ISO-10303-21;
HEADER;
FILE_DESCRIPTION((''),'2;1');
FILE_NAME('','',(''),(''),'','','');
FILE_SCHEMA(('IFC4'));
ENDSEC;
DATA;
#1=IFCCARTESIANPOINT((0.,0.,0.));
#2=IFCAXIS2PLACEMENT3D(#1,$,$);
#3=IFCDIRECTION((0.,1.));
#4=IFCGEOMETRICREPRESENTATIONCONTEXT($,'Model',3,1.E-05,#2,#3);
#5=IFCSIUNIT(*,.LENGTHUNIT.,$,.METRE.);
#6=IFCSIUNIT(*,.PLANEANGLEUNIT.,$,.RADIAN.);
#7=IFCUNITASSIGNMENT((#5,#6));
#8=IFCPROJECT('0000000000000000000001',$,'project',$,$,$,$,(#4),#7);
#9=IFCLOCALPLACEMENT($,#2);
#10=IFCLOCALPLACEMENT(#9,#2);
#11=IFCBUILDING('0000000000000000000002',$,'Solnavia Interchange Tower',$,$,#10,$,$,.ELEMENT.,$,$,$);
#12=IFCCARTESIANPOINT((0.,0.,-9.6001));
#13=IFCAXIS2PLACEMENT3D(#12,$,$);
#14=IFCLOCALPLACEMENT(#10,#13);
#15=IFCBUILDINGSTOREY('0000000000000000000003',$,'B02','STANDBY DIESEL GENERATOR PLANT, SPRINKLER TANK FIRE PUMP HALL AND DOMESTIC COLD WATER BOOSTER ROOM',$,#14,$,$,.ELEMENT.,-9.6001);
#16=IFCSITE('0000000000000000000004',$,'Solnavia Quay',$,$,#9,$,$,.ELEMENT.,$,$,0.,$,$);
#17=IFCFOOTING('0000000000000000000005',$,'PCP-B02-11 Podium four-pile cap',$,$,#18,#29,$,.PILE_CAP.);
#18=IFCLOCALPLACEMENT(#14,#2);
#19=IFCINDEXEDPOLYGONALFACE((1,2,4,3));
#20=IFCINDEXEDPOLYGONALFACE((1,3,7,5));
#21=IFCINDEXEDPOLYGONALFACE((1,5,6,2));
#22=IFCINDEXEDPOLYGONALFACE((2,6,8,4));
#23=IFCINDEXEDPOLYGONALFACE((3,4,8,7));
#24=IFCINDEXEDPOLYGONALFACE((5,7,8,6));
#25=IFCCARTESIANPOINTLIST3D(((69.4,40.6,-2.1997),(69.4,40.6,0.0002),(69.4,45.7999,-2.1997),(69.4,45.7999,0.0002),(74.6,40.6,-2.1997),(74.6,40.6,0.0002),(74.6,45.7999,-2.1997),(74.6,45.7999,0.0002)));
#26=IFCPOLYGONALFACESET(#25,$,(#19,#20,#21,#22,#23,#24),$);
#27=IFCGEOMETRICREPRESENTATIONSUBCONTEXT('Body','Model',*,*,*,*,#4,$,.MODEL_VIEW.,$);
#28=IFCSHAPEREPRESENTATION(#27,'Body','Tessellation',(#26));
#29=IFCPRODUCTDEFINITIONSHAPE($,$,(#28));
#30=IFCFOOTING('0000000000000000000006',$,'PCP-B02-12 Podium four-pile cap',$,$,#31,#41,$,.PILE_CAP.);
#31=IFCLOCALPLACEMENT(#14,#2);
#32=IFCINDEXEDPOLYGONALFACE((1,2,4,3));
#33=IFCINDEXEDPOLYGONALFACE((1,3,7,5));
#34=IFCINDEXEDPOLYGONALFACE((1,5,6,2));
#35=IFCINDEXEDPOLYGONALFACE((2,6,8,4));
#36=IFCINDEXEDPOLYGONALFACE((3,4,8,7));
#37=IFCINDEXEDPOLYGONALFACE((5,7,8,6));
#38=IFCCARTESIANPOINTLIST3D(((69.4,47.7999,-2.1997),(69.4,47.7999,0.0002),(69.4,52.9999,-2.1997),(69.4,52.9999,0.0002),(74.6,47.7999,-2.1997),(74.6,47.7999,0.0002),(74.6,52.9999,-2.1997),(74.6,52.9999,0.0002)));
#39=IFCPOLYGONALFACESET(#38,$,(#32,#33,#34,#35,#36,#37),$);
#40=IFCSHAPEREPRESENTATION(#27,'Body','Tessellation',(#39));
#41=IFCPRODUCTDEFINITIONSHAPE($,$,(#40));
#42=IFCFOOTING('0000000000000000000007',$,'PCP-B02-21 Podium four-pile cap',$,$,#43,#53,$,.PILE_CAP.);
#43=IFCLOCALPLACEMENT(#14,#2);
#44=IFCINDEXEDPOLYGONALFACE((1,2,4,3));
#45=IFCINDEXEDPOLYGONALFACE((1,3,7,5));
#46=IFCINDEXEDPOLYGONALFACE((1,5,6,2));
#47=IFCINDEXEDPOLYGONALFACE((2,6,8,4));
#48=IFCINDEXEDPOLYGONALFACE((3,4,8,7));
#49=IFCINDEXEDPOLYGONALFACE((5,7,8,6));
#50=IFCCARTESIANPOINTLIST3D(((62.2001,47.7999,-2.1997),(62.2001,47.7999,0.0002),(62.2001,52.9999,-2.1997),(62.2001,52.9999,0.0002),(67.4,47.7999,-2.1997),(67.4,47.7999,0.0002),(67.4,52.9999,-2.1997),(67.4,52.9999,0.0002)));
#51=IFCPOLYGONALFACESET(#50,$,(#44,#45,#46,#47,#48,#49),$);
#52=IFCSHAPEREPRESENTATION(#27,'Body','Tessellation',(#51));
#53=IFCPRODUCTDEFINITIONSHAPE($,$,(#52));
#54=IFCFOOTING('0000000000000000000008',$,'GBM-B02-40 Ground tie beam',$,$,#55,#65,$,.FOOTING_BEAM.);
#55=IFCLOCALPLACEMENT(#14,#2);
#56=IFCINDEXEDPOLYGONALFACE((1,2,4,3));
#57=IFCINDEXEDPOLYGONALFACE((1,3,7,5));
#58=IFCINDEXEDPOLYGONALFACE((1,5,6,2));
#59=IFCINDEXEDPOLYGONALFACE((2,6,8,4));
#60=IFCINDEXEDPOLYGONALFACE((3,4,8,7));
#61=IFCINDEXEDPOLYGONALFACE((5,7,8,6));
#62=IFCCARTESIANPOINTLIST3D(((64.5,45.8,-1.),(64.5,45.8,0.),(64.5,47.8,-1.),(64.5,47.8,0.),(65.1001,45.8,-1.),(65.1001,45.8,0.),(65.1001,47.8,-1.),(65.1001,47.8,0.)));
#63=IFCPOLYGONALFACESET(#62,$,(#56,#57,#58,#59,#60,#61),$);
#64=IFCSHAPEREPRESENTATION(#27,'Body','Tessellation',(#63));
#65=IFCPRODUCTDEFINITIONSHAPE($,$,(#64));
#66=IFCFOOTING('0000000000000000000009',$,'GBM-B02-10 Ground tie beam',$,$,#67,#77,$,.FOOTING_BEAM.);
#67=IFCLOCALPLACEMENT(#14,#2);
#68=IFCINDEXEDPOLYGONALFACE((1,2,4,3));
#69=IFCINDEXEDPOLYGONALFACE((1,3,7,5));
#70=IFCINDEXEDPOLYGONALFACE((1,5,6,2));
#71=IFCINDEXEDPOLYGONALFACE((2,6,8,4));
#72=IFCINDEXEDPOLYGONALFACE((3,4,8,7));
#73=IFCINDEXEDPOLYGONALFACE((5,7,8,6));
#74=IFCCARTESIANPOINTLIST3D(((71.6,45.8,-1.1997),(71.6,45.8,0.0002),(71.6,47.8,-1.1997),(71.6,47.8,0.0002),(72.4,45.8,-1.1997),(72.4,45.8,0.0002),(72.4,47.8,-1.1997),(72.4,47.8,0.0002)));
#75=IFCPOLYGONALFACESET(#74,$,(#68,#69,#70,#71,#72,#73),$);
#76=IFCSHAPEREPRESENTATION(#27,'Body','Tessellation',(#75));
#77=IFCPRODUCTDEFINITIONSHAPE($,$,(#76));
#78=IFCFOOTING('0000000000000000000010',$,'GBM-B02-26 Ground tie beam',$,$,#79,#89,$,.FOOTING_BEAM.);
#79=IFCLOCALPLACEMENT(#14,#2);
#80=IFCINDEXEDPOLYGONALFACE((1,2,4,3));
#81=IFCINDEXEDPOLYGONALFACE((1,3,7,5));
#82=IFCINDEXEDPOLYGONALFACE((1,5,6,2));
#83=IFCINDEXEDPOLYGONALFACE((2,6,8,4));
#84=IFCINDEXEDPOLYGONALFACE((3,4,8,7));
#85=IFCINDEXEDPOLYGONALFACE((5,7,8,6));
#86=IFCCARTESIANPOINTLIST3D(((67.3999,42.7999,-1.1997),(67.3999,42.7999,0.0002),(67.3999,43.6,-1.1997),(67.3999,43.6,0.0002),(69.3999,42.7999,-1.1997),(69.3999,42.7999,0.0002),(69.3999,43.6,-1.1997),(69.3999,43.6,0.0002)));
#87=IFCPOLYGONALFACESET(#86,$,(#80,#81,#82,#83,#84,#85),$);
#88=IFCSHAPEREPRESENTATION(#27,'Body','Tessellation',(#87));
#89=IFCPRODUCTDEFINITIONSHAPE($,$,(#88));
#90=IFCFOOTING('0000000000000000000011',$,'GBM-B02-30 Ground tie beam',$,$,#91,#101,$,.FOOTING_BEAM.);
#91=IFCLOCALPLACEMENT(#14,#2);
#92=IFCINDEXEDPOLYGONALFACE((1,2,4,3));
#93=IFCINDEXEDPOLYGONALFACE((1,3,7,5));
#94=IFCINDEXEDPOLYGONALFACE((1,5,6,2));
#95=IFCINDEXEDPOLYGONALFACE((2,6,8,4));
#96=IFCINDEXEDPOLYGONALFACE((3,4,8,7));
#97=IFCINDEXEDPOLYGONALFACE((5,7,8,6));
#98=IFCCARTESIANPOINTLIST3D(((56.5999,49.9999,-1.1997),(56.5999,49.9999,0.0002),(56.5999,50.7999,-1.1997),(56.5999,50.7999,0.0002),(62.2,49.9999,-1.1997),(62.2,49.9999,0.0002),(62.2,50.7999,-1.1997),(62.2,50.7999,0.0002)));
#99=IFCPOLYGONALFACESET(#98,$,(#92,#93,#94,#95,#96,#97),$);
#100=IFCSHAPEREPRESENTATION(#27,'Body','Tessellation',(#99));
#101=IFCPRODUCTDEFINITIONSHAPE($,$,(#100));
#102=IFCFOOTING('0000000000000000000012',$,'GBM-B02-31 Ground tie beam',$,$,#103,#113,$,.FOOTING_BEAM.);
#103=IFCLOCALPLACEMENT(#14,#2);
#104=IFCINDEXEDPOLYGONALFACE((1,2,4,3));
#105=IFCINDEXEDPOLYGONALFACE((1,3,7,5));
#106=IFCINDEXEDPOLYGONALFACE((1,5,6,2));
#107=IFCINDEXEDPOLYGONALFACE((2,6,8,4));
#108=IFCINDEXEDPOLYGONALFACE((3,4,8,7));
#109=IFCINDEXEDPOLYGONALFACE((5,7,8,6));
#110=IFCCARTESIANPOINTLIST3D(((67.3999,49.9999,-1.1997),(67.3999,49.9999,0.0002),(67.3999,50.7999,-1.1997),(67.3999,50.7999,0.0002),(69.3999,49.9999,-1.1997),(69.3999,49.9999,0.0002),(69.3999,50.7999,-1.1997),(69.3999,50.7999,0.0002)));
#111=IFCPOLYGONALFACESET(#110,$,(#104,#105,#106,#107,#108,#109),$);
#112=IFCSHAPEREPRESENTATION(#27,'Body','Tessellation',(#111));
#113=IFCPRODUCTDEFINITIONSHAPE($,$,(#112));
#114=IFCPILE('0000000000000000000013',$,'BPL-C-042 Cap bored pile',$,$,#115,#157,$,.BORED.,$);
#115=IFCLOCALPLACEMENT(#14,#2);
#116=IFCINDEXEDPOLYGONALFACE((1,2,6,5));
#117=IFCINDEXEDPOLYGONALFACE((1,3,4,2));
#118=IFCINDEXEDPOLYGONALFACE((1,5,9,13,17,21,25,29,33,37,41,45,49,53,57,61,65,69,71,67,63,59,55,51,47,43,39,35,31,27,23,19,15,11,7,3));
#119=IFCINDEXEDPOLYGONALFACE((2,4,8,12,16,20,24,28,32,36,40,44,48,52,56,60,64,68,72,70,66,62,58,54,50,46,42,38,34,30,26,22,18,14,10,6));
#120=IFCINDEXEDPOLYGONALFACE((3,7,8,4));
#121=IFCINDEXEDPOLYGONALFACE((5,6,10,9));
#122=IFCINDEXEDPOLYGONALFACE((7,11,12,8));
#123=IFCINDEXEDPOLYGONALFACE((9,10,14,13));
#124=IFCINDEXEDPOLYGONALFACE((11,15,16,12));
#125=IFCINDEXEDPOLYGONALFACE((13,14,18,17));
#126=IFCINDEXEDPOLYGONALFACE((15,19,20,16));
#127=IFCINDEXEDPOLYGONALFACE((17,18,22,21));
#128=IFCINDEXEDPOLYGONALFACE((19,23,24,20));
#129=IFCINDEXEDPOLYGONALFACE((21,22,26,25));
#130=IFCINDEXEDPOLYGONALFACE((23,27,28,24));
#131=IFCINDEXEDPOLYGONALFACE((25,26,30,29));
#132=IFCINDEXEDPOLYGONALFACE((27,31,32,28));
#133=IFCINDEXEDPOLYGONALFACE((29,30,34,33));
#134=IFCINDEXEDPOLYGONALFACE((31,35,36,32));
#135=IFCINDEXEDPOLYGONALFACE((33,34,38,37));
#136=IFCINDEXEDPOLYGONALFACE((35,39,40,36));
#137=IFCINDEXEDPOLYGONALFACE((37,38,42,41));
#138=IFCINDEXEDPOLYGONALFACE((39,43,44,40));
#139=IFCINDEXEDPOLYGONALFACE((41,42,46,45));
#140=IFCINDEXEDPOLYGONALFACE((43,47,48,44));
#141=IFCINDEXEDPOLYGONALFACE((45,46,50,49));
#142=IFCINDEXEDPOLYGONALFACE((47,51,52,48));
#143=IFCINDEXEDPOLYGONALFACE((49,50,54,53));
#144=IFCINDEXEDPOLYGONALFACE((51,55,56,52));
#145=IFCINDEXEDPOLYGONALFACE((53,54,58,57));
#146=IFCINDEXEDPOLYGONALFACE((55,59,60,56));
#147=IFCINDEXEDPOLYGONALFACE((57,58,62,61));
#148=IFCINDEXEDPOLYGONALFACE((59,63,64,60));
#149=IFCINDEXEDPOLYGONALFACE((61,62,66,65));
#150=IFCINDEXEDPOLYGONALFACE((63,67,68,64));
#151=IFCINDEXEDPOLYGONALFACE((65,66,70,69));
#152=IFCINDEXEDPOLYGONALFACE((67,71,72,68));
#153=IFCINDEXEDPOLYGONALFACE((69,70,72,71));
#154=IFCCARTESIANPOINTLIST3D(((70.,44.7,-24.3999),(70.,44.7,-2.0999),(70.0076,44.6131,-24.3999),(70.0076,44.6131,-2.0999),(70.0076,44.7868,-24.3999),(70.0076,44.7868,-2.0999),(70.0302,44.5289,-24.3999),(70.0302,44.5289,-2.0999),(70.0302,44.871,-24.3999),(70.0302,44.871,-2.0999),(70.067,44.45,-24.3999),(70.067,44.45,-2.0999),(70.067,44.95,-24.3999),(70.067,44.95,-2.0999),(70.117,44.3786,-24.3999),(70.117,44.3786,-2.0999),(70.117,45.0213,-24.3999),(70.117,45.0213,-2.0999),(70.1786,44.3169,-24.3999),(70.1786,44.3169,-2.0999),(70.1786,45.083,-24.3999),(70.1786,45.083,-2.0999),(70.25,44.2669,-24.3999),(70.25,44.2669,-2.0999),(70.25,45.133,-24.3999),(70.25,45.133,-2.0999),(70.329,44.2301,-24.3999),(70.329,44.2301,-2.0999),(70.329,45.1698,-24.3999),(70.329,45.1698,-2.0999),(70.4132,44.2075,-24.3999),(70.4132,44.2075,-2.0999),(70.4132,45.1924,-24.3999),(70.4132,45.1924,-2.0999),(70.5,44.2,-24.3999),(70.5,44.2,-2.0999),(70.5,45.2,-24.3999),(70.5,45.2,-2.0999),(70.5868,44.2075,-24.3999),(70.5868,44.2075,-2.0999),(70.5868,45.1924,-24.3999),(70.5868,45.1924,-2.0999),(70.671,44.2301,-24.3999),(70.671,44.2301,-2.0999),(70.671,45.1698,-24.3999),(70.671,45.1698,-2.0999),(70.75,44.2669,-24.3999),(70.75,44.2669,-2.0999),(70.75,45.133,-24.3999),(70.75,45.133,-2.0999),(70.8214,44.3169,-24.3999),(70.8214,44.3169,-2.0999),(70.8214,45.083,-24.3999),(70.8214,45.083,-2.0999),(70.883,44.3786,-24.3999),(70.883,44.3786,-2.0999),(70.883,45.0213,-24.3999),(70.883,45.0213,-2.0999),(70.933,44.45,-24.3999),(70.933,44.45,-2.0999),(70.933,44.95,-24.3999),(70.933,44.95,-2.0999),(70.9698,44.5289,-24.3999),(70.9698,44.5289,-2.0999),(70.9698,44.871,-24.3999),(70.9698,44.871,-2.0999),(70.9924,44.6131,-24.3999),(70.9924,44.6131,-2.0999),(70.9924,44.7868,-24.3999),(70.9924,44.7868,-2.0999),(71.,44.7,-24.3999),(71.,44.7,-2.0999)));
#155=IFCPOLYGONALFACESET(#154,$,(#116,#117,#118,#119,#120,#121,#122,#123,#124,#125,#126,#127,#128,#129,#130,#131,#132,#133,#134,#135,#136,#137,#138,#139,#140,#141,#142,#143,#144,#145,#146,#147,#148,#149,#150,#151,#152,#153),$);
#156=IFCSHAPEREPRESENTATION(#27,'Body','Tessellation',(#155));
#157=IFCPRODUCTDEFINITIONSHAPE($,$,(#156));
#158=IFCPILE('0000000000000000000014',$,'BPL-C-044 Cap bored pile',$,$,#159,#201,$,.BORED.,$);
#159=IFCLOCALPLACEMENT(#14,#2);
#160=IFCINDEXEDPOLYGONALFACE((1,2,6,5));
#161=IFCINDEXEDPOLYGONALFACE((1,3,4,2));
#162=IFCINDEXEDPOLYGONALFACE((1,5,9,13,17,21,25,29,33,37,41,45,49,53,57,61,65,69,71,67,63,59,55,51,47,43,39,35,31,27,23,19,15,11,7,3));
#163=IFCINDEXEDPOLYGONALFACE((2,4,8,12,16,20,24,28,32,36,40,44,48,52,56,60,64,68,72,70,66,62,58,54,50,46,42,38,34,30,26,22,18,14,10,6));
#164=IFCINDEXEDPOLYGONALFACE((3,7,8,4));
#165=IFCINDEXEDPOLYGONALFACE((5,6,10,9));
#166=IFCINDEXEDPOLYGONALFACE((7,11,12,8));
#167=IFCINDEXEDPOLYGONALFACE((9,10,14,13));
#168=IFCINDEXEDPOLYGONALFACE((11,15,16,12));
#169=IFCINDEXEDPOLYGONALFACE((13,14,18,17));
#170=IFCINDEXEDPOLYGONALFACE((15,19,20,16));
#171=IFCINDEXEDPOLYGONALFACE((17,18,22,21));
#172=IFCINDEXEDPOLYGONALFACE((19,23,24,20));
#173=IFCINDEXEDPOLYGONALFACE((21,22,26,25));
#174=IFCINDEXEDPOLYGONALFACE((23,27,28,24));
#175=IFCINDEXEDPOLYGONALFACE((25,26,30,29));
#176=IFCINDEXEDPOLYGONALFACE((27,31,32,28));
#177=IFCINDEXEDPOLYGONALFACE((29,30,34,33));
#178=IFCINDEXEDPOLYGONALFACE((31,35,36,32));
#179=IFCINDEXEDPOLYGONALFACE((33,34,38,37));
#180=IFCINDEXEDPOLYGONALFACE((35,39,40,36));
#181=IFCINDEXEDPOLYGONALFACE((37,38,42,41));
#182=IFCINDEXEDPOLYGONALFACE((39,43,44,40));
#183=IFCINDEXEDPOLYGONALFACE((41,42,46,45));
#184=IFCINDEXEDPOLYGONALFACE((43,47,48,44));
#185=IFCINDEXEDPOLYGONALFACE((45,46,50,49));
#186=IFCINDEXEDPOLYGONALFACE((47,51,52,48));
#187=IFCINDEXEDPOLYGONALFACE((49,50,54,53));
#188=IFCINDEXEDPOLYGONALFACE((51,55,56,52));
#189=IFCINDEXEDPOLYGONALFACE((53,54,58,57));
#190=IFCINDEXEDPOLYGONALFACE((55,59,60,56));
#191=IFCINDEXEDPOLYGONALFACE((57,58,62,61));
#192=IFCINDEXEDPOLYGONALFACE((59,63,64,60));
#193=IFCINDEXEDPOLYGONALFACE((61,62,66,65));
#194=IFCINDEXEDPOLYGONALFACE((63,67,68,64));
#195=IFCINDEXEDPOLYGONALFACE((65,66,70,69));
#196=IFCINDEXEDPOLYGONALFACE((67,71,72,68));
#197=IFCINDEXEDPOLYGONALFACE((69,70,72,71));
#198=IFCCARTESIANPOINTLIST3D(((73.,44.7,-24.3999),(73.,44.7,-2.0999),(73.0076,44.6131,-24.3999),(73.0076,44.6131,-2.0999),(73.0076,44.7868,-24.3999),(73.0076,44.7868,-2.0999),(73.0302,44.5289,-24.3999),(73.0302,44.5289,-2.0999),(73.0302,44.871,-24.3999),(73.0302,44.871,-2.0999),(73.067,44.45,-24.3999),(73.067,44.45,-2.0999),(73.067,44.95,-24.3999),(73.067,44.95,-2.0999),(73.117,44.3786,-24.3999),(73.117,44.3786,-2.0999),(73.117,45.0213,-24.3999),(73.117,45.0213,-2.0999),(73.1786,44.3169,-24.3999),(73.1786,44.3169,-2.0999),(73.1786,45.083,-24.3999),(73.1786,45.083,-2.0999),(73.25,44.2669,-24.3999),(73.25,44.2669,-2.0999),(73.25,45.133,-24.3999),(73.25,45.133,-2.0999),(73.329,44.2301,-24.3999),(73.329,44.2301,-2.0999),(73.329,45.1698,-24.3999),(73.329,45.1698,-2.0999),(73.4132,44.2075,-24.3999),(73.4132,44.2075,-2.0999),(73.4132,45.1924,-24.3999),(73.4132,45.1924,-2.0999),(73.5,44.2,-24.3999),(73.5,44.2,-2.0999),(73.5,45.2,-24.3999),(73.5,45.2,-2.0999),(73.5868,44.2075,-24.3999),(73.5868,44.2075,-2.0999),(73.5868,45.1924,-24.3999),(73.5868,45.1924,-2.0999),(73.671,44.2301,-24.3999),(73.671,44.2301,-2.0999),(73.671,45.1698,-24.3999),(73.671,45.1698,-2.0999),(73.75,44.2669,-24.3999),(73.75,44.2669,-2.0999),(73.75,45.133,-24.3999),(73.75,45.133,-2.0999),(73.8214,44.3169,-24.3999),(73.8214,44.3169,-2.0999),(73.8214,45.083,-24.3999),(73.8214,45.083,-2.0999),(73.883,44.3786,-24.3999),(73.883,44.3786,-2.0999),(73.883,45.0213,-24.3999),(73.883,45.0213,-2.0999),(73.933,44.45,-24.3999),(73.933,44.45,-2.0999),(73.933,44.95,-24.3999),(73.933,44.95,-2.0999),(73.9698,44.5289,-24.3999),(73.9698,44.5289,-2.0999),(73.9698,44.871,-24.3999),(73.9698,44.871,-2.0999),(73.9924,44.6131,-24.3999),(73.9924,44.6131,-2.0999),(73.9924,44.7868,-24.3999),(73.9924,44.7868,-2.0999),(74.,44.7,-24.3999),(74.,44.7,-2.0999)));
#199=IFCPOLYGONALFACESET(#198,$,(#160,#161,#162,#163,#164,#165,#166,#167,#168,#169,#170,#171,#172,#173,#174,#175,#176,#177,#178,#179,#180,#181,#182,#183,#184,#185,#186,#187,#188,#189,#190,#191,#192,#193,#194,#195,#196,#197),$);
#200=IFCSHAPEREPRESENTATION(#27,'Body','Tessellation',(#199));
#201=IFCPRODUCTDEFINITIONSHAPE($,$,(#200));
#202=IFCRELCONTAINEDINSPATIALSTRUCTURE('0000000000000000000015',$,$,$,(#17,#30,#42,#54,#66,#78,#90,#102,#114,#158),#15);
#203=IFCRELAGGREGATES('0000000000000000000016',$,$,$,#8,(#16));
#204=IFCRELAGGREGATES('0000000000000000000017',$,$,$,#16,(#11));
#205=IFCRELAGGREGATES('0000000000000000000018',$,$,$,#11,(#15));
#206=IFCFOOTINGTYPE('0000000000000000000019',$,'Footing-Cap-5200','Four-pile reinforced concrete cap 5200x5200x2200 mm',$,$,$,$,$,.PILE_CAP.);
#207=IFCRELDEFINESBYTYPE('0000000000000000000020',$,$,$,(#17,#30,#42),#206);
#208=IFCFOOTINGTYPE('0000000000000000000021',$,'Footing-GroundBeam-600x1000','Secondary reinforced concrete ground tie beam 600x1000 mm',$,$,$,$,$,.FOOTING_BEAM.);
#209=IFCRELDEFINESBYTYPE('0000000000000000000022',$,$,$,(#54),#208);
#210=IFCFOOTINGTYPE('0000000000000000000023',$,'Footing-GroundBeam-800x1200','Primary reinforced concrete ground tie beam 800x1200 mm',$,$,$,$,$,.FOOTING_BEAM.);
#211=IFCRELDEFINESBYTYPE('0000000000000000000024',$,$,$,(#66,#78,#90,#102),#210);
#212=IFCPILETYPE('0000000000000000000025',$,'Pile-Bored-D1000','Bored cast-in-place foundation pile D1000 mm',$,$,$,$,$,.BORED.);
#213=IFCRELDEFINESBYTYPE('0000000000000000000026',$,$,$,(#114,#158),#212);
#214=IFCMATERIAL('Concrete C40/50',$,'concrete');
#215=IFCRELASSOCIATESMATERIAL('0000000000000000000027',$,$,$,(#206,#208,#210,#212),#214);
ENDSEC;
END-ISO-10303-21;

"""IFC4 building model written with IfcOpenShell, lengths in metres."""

from ifc_helpers import new_model, si_unit, direction, frame, origin, origin_2d, place, context, subcontext, project, spatial, rectangle, circle, extrude, material, material_profile, profile_set, type_object, element, save


model = new_model("IFC4")

# Units and contexts
model_context = context("Model", 3, precision=1e-05, world=origin(), true_north=direction((0.0, 1.0)))
body_context = subcontext(model_context, "Body", "Model", "MODEL_VIEW")
ifc_project = project(units=[si_unit("LENGTHUNIT", "METRE"), si_unit("PLANEANGLEUNIT", "RADIAN")], contexts=[model_context])

# Site, building, storey
site_placement = place(None, origin())
site = spatial("IfcSite", under=ifc_project, at=site_placement, Name="Solnavia Quay", CompositionType="ELEMENT", RefElevation=0.0)
building_placement = place(site_placement, origin())
building = spatial("IfcBuilding", under=site, at=building_placement, Name="Solnavia Interchange Tower", CompositionType="ELEMENT")
storey_placement = place(building_placement, frame((0.0, 0.0, -9.6001)))
storey = spatial("IfcBuildingStorey", under=building, at=storey_placement, Name="B02", Description="STANDBY DIESEL GENERATOR PLANT, SPRINKLER TANK FIRE PUMP HALL AND DOMESTIC COLD WATER BOOSTER ROOM", CompositionType="ELEMENT", Elevation=-9.6001)

# Footings
ifc_material_1 = material(Name="Concrete C40/50", Category="concrete")
footing_type_1 = type_object("IfcFootingType", Name="Footing-Cap-5200", Description="Four-pile reinforced concrete cap 5200x5200x2200 mm", PredefinedType="PILE_CAP", material=ifc_material_1)
for number, where, z_axis, x_axis, name in (
    (1, (72.0, 43.2, -2.1997), (0.0, 0.0, 1.0), (1.0, 0.0, 0.0), "PCP-B02-11 Podium four-pile cap"),
    (2, (72.0, 50.3999, -2.1997), (0.0, 0.0, 1.0), (1.0, 0.0, 0.0), "PCP-B02-12 Podium four-pile cap"),
    (3, (64.8, 50.3999, -2.1997), (0.0, 0.0, 1.0), (1.0, 0.0, 0.0), "PCP-B02-21 Podium four-pile cap"),
):
    element("IfcFooting", number, at=place(storey_placement, frame(where, z_axis=z_axis, x_axis=x_axis)), inside=storey, type_object=footing_type_1, Name=name, PredefinedType="PILE_CAP", context=body_context, shape_type="SweptSolid", body=[
        extrude(rectangle(XDim=5.2, YDim=5.2, at=origin_2d()), origin(), (0.0, 0.0, 1.0), 2.2),
    ])
footing_type_2 = type_object("IfcFootingType", Name="Footing-GroundBeam-600x1000", Description="Secondary reinforced concrete ground tie beam 600x1000 mm", PredefinedType="FOOTING_BEAM", material=ifc_material_1)
footing_1_placement = place(storey_placement, frame((64.8, 46.8, -1.0), z_axis=(0.0, 0.0, 1.0), x_axis=(0.0, 1.0, 0.0)))
element("IfcFooting", 4, at=footing_1_placement, inside=storey, type_object=footing_type_2, Name="GBM-B02-40 Ground tie beam", PredefinedType="FOOTING_BEAM", context=body_context, shape_type="SweptSolid", body=[
    extrude(rectangle(XDim=2.0, YDim=0.6001, at=origin_2d()), origin(), (0.0, 0.0, 1.0), 1.0),
])
footing_type_3 = type_object("IfcFootingType", Name="Footing-GroundBeam-800x1200", Description="Primary reinforced concrete ground tie beam 800x1200 mm", PredefinedType="FOOTING_BEAM", material=ifc_material_1)
for number, where, z_axis, x_axis, name in (
    (5, (72.0, 46.8, -1.1997), (0.0, 0.0, 1.0), (0.0, 1.0, 0.0), "GBM-B02-10 Ground tie beam"),
    (6, (68.3999, 43.2, -1.1997), (0.0, 0.0, 1.0), (1.0, 0.0, 0.0), "GBM-B02-26 Ground tie beam"),
):
    element("IfcFooting", number, at=place(storey_placement, frame(where, z_axis=z_axis, x_axis=x_axis)), inside=storey, type_object=footing_type_3, Name=name, PredefinedType="FOOTING_BEAM", context=body_context, shape_type="SweptSolid", body=[
        extrude(rectangle(XDim=2.0, YDim=0.8, at=origin_2d()), origin(), (0.0, 0.0, 1.0), 1.2),
    ])
footing_2_placement = place(storey_placement, frame((59.3999, 50.3999, -1.1997), z_axis=(0.0, 0.0, 1.0), x_axis=(1.0, 0.0, 0.0)))
element("IfcFooting", 7, at=footing_2_placement, inside=storey, type_object=footing_type_3, Name="GBM-B02-30 Ground tie beam", PredefinedType="FOOTING_BEAM", context=body_context, shape_type="SweptSolid", body=[
    extrude(rectangle(XDim=5.6001, YDim=0.8, at=origin_2d()), origin(), (0.0, 0.0, 1.0), 1.2),
])
footing_3_placement = place(storey_placement, frame((68.3999, 50.3999, -1.1997), z_axis=(0.0, 0.0, 1.0), x_axis=(1.0, 0.0, 0.0)))
element("IfcFooting", 8, at=footing_3_placement, inside=storey, type_object=footing_type_3, Name="GBM-B02-31 Ground tie beam", PredefinedType="FOOTING_BEAM", context=body_context, shape_type="SweptSolid", body=[
    extrude(rectangle(XDim=2.0, YDim=0.8, at=origin_2d()), origin(), (0.0, 0.0, 1.0), 1.2),
])

# Piles
ifc_material_profile_1 = material_profile(ifc_material_1, circle(Radius=0.5, at=origin_2d()), Name="PILE D1000")
ifc_profile_set_1 = profile_set([ifc_material_profile_1], Name="Concrete C40/50")
pile_type = type_object("IfcPileType", Name="Pile-Bored-D1000", Description="Bored cast-in-place foundation pile D1000 mm", PredefinedType="BORED", material=ifc_profile_set_1)
for number, where, z_axis, x_axis, name in (
    (9, (70.5, 44.7, -2.0999), (0.0, 0.0, -1.0), (1.0, 0.0, 0.0), "BPL-C-042 Cap bored pile"),
    (10, (73.5, 44.7, -2.0999), (0.0, 0.0, -1.0), (1.0, 0.0, 0.0), "BPL-C-044 Cap bored pile"),
):
    element("IfcPile", number, at=place(storey_placement, frame(where, z_axis=z_axis, x_axis=x_axis)), inside=storey, type_object=pile_type, Name=name, PredefinedType="BORED", context=body_context, shape_type="SweptSolid", body=[
        extrude(circle(Radius=0.5, at=origin_2d()), origin(), (0.0, 0.0, 1.0), 22.3),
    ])

save(model, "model.ifc")
